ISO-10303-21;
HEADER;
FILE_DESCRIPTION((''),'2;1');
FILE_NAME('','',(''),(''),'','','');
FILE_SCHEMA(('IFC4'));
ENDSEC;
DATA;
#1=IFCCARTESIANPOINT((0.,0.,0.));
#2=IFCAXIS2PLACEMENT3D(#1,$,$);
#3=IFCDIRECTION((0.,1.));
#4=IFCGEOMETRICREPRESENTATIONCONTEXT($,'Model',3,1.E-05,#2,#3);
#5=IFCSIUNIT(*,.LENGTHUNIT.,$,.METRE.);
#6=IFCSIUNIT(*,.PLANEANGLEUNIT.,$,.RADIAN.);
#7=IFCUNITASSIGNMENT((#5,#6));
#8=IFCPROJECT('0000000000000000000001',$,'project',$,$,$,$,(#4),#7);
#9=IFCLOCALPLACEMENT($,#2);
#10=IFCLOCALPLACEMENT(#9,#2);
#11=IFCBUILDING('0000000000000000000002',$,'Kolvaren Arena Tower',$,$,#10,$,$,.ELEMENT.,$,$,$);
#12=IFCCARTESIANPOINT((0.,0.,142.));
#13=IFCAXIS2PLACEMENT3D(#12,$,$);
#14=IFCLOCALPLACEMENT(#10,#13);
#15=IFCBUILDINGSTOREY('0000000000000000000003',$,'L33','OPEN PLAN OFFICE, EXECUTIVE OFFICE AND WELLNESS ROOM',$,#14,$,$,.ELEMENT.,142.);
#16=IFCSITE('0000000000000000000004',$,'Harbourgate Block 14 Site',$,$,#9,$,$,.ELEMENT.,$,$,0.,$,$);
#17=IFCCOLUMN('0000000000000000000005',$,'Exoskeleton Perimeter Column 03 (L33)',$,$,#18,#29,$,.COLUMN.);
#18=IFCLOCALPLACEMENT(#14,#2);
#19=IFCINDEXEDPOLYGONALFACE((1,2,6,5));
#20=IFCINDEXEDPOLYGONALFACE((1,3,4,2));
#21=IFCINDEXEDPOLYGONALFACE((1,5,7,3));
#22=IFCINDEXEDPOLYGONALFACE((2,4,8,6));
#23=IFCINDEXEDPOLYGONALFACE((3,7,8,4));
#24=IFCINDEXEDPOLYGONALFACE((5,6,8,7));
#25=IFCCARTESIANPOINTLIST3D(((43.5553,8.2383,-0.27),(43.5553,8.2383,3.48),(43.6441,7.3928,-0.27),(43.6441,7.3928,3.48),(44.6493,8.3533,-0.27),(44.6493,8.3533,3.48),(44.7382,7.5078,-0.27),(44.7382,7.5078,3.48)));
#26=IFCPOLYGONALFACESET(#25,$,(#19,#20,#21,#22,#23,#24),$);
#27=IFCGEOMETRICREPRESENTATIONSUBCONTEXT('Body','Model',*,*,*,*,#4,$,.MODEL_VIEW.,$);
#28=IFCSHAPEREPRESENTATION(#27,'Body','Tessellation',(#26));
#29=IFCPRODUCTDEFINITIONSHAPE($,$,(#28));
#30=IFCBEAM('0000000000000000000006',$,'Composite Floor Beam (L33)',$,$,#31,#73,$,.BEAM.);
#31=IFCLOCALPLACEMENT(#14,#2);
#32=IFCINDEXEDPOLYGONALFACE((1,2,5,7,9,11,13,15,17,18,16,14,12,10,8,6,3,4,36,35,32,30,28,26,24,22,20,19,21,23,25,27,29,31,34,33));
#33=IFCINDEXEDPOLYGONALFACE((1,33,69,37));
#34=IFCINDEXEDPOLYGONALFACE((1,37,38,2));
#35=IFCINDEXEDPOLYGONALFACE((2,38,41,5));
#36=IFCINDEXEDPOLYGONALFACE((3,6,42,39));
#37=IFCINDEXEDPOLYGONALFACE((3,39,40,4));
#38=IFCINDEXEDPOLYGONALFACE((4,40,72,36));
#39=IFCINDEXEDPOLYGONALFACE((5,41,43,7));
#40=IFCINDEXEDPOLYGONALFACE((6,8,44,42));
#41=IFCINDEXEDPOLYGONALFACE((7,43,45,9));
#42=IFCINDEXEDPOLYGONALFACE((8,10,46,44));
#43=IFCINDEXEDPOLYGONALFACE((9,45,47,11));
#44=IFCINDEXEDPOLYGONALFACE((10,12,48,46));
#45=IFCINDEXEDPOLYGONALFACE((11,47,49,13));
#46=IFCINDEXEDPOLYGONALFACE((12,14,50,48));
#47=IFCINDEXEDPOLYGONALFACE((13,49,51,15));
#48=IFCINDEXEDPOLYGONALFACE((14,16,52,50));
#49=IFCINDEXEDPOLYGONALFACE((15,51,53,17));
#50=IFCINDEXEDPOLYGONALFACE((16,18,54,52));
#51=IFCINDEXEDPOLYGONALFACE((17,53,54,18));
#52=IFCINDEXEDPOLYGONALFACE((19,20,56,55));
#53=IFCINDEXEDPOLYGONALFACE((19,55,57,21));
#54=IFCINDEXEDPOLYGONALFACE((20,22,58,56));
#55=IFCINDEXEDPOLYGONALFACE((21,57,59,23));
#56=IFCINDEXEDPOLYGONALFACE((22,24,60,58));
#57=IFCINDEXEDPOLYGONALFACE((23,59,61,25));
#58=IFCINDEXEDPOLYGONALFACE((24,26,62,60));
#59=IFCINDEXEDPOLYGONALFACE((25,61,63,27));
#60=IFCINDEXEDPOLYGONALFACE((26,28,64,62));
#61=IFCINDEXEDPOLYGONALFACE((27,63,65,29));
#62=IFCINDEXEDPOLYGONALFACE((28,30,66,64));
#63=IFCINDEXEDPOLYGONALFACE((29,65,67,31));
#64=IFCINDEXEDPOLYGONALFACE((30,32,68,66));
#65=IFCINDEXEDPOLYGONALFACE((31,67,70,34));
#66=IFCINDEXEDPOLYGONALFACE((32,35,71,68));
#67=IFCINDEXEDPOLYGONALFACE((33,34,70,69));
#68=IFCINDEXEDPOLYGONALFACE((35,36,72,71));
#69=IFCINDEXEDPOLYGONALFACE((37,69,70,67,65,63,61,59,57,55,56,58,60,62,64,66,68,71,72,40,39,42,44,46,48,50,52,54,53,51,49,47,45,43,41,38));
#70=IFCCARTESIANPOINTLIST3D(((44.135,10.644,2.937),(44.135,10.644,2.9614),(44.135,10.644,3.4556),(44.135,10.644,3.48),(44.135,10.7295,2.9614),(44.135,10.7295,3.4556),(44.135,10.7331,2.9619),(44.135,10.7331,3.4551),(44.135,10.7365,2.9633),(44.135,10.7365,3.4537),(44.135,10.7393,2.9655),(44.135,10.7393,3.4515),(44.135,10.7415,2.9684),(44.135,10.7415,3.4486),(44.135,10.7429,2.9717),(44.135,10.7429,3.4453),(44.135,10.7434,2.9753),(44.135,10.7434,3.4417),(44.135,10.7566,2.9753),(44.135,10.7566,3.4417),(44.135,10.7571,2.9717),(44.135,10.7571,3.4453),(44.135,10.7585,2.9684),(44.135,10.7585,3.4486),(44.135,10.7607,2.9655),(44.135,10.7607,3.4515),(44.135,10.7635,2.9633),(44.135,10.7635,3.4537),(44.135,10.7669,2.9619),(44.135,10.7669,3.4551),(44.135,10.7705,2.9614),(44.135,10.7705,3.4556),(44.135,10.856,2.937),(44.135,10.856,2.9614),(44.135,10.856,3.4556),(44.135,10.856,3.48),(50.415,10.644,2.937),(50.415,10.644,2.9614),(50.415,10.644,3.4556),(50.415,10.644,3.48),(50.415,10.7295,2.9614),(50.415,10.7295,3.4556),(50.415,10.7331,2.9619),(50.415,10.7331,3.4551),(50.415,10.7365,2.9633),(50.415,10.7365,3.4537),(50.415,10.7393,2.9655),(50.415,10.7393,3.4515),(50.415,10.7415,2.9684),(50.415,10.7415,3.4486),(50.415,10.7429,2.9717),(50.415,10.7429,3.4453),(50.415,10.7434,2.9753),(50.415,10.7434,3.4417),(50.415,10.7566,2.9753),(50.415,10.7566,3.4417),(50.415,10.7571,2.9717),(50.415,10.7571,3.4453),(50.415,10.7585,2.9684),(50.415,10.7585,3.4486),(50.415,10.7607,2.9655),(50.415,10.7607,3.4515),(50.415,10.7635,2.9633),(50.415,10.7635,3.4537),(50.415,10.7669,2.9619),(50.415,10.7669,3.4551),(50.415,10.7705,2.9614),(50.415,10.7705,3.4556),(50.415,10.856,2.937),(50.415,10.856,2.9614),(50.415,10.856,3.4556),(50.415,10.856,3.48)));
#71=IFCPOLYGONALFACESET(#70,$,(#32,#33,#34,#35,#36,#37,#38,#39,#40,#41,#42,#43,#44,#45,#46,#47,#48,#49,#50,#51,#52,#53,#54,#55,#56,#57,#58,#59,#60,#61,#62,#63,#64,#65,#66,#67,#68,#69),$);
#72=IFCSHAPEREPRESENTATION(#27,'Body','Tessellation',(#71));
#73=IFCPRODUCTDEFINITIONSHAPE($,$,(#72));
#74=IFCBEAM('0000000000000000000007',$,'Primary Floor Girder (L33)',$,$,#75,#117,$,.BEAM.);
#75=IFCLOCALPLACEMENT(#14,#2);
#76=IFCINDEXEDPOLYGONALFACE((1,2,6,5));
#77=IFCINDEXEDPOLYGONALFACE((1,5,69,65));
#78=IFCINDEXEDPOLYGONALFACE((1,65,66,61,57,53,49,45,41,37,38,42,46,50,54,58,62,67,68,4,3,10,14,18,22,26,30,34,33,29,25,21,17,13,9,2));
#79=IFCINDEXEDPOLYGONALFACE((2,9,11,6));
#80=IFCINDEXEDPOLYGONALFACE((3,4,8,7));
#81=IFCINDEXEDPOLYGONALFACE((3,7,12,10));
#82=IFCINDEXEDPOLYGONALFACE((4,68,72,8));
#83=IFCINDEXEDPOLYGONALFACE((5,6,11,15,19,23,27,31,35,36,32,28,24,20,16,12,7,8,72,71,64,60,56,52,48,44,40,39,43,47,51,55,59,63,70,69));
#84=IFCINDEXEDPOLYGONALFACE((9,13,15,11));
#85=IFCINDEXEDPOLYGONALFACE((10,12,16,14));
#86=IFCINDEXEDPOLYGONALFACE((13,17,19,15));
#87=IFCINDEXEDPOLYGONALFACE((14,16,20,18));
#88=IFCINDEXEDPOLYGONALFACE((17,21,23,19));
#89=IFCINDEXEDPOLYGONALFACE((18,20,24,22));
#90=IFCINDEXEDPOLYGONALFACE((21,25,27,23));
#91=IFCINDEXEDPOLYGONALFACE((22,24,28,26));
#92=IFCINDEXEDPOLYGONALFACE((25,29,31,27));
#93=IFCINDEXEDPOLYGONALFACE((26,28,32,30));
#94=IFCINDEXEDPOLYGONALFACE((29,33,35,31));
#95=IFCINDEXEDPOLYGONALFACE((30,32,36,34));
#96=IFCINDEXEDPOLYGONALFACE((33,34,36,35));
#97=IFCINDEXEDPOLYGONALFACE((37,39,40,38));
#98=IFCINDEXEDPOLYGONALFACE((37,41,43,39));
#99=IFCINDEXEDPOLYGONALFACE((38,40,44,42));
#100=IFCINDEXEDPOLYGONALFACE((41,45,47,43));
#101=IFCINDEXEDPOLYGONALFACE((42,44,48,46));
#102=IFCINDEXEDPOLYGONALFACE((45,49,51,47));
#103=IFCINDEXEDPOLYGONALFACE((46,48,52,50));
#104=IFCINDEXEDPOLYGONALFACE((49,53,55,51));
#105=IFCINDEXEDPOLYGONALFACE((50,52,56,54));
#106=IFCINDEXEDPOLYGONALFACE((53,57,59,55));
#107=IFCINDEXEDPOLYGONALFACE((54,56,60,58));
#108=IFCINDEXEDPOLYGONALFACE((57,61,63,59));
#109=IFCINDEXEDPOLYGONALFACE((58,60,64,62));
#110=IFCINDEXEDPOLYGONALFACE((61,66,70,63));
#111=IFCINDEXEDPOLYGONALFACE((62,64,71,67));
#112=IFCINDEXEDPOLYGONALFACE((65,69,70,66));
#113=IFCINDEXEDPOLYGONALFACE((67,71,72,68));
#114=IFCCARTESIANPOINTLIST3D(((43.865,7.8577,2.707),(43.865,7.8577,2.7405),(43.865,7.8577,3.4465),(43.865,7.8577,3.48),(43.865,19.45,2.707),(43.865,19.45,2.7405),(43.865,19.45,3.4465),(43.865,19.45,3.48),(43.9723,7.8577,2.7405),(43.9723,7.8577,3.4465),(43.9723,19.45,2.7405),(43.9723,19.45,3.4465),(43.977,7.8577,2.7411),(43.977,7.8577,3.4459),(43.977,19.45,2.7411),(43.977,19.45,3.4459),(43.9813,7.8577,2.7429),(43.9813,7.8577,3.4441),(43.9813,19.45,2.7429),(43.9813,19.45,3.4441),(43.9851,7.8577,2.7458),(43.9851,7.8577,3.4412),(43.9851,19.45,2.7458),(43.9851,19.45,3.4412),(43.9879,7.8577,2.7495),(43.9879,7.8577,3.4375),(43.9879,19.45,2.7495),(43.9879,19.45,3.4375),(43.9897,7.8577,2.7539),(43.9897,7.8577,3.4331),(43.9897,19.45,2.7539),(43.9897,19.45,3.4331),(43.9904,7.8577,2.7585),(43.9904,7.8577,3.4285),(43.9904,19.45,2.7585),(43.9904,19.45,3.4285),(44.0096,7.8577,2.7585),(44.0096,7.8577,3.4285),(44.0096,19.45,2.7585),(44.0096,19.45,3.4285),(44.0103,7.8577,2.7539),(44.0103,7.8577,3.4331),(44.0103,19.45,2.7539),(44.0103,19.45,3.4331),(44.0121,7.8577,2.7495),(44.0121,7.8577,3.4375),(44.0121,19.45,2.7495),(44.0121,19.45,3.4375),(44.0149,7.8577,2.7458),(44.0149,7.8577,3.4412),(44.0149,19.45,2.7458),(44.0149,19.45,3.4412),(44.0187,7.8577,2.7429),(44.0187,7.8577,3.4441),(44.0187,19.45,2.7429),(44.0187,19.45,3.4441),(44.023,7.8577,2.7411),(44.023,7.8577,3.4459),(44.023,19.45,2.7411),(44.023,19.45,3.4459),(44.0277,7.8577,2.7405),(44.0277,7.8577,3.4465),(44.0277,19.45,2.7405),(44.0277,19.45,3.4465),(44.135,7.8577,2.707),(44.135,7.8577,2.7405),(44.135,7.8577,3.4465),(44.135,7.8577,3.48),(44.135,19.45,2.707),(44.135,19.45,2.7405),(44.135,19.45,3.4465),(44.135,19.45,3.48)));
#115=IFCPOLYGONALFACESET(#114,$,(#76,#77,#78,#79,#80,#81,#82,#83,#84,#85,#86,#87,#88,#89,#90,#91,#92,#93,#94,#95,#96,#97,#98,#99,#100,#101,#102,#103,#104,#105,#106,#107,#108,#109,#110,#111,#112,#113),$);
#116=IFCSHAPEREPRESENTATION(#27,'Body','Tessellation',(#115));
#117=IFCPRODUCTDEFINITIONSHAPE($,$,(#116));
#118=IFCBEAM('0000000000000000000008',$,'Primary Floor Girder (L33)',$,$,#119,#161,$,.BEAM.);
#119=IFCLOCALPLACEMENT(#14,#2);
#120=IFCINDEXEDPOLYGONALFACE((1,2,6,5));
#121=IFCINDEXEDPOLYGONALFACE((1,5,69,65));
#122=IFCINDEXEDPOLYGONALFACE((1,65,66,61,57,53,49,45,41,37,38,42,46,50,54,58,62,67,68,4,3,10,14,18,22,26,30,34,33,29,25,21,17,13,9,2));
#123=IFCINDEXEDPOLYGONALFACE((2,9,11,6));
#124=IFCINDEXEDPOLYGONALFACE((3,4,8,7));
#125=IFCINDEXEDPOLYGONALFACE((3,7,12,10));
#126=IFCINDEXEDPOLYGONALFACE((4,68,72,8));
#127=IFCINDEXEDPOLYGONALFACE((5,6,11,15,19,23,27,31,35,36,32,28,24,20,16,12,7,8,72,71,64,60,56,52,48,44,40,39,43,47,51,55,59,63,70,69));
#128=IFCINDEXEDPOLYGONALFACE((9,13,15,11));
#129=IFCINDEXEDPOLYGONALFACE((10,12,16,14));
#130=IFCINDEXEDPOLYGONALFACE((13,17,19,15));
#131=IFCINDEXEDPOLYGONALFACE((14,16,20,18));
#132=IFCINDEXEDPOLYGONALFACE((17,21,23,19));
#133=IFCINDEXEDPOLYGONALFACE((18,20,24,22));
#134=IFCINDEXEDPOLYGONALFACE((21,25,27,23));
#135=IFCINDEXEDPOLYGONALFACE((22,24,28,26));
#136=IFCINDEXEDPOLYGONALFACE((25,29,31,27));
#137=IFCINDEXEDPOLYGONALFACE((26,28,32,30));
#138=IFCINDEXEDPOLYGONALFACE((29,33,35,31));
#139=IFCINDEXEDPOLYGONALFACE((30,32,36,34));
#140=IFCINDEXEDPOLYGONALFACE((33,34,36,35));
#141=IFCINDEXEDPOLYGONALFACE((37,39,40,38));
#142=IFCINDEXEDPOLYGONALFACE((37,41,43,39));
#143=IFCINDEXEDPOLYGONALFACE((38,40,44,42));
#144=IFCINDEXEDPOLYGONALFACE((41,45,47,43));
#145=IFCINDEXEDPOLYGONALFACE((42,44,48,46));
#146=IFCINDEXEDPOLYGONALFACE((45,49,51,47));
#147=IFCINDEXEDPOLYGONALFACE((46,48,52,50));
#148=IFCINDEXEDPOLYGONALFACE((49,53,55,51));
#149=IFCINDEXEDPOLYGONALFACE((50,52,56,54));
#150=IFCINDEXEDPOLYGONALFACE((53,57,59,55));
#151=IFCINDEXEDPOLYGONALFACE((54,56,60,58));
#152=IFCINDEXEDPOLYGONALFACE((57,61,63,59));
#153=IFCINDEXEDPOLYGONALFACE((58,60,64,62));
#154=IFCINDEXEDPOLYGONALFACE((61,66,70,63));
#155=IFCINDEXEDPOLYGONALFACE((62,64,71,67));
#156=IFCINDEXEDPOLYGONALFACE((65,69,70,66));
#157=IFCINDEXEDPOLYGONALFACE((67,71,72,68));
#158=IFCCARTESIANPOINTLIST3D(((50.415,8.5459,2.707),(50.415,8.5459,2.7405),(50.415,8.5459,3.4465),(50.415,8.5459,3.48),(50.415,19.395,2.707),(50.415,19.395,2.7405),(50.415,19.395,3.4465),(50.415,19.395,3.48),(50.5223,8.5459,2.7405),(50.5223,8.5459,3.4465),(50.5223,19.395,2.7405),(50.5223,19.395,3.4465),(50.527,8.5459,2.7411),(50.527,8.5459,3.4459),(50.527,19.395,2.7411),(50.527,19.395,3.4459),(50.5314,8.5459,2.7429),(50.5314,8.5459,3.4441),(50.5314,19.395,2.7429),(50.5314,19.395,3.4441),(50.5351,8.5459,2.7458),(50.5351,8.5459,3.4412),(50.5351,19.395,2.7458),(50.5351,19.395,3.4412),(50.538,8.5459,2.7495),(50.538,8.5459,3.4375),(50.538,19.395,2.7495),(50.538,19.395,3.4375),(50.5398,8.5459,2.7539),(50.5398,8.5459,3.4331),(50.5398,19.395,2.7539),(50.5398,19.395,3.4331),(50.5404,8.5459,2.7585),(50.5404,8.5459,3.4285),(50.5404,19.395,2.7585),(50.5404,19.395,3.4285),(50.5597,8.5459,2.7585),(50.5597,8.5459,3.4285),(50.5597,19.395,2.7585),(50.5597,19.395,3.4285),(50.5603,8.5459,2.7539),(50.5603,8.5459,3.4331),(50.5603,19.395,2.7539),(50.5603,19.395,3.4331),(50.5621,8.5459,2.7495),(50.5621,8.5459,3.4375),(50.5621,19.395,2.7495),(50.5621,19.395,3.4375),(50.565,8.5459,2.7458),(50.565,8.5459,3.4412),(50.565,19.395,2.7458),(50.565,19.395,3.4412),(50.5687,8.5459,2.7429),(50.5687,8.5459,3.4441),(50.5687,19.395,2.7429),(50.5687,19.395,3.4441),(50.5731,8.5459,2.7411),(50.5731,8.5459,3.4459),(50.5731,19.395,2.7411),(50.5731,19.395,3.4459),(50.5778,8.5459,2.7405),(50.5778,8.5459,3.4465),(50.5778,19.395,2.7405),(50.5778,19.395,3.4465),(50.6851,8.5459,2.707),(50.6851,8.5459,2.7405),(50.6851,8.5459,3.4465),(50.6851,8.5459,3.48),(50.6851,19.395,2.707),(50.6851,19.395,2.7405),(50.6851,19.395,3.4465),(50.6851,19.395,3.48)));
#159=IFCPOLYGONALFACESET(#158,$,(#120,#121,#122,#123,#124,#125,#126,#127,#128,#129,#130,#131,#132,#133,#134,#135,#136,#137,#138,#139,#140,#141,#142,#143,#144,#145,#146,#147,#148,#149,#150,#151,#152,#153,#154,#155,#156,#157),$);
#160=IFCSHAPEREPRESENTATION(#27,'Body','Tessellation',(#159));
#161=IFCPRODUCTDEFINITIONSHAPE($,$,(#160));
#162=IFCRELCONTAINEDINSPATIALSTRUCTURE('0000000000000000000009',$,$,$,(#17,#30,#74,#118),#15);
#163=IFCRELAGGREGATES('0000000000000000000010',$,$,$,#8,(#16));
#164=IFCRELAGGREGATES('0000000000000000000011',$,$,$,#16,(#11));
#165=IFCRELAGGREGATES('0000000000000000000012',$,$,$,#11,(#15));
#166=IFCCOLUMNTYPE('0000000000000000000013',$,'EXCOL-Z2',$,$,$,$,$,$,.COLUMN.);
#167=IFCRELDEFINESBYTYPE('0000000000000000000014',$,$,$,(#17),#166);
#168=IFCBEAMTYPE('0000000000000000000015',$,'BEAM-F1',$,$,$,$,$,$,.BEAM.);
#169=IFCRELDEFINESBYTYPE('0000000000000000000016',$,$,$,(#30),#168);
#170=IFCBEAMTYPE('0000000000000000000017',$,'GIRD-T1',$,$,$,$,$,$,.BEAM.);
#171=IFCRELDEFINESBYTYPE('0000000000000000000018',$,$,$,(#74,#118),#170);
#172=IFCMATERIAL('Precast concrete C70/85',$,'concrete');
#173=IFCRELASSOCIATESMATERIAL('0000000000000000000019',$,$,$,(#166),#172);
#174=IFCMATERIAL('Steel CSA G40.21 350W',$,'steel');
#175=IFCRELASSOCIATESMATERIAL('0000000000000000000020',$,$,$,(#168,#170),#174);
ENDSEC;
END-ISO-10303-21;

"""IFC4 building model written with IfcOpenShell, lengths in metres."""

from ifc_helpers import new_model, si_unit, direction, frame, origin, origin_2d, place, context, subcontext, project, spatial, rectangle, i_section, extrude, material, material_profile, profile_set, type_object, element, save


model = new_model("IFC4")

# Units and contexts
model_context = context("Model", 3, precision=1e-05, world=origin(), true_north=direction((0.0, 1.0)))
body_context = subcontext(model_context, "Body", "Model", "MODEL_VIEW")
ifc_project = project(units=[si_unit("LENGTHUNIT", "METRE"), si_unit("PLANEANGLEUNIT", "RADIAN")], contexts=[model_context])

# Site, building, storey
site_placement = place(None, origin())
site = spatial("IfcSite", under=ifc_project, at=site_placement, Name="Harbourgate Block 14 Site", CompositionType="ELEMENT", RefElevation=0.0)
building_placement = place(site_placement, origin())
building = spatial("IfcBuilding", under=site, at=building_placement, Name="Kolvaren Arena Tower", CompositionType="ELEMENT")
storey_placement = place(building_placement, frame((0.0, 0.0, 142.0)))
storey = spatial("IfcBuildingStorey", under=building, at=storey_placement, Name="L33", Description="OPEN PLAN OFFICE, EXECUTIVE OFFICE AND WELLNESS ROOM", CompositionType="ELEMENT", Elevation=142.0)

# Column
ifc_material_1 = material(Name="Precast concrete C70/85", Category="concrete")
ifc_material_profile_1 = material_profile(ifc_material_1, rectangle(XDim=1.1001, YDim=0.8501, at=origin_2d()), Name="RC-1100x850")
ifc_profile_set_1 = profile_set([ifc_material_profile_1], Name="Precast concrete C70/85")
column_type = type_object("IfcColumnType", Name="EXCOL-Z2", PredefinedType="COLUMN", material=ifc_profile_set_1)
column_placement = place(storey_placement, frame((44.1467, 7.873, -0.27), z_axis=(0.0, 0.0, 1.0), x_axis=(0.994522, 0.104528, 0.0)))
element("IfcColumn", 1, at=column_placement, inside=storey, type_object=column_type, Name="Exoskeleton Perimeter Column 03 (L33)", PredefinedType="COLUMN", context=body_context, shape_type="SweptSolid", body=[
    extrude(rectangle(XDim=1.1001, YDim=0.8501, at=origin_2d()), origin(), (0.0, 0.0, 1.0), 3.75),
])

# Beams
ifc_material_2 = material(Name="Steel CSA G40.21 350W", Category="steel")
ifc_material_profile_2 = material_profile(ifc_material_2, i_section(OverallWidth=0.2119, OverallDepth=0.543, WebThickness=0.0132, FlangeThickness=0.0244, FilletRadius=0.0139, at=origin_2d()), Name="W530x150")
ifc_profile_set_2 = profile_set([ifc_material_profile_2], Name="Steel CSA G40.21 350W")
beam_type_1 = type_object("IfcBeamType", Name="BEAM-F1", PredefinedType="BEAM", material=ifc_profile_set_2)
beam_1_placement = place(storey_placement, frame((44.135, 10.75, 3.2085), z_axis=(1.0, 0.0, 0.0), x_axis=(0.0, 1.0, 0.0)))
element("IfcBeam", 2, at=beam_1_placement, inside=storey, type_object=beam_type_1, Name="Composite Floor Beam (L33)", PredefinedType="BEAM", context=body_context, shape_type="SweptSolid", body=[
    extrude(i_section(OverallWidth=0.2119, OverallDepth=0.543, WebThickness=0.0132, FlangeThickness=0.0244, FilletRadius=0.0139, at=origin_2d()), origin(), (0.0, 0.0, 1.0), 6.28),
])
ifc_material_profile_3 = material_profile(ifc_material_2, i_section(OverallWidth=0.27, OverallDepth=0.7729, WebThickness=0.0193, FlangeThickness=0.0334, FilletRadius=0.0181, at=origin_2d()), Name="W760x257")
ifc_profile_set_3 = profile_set([ifc_material_profile_3], Name="Steel CSA G40.21 350W")
beam_type_2 = type_object("IfcBeamType", Name="GIRD-T1", PredefinedType="BEAM", material=ifc_profile_set_3)
beam_2_placement = place(storey_placement, frame((44.0, 7.8577, 3.0935), z_axis=(0.0, 1.0, 0.0), x_axis=(-1.0, 0.0, 0.0)))
element("IfcBeam", 3, at=beam_2_placement, inside=storey, type_object=beam_type_2, Name="Primary Floor Girder (L33)", PredefinedType="BEAM", context=body_context, shape_type="SweptSolid", body=[
    extrude(i_section(OverallWidth=0.27, OverallDepth=0.7729, WebThickness=0.0193, FlangeThickness=0.0334, FilletRadius=0.0181, at=origin_2d()), origin(), (0.0, 0.0, 1.0), 11.5923),
])
beam_3_placement = place(storey_placement, frame((50.55, 8.5459, 3.0935), z_axis=(0.0, 1.0, 0.0), x_axis=(-1.0, 0.0, 0.0)))
element("IfcBeam", 4, at=beam_3_placement, inside=storey, type_object=beam_type_2, Name="Primary Floor Girder (L33)", PredefinedType="BEAM", context=body_context, shape_type="SweptSolid", body=[
    extrude(i_section(OverallWidth=0.27, OverallDepth=0.7729, WebThickness=0.0193, FlangeThickness=0.0334, FilletRadius=0.0181, at=origin_2d()), origin(), (0.0, 0.0, 1.0), 10.8491),
])

save(model, "model.ifc")
